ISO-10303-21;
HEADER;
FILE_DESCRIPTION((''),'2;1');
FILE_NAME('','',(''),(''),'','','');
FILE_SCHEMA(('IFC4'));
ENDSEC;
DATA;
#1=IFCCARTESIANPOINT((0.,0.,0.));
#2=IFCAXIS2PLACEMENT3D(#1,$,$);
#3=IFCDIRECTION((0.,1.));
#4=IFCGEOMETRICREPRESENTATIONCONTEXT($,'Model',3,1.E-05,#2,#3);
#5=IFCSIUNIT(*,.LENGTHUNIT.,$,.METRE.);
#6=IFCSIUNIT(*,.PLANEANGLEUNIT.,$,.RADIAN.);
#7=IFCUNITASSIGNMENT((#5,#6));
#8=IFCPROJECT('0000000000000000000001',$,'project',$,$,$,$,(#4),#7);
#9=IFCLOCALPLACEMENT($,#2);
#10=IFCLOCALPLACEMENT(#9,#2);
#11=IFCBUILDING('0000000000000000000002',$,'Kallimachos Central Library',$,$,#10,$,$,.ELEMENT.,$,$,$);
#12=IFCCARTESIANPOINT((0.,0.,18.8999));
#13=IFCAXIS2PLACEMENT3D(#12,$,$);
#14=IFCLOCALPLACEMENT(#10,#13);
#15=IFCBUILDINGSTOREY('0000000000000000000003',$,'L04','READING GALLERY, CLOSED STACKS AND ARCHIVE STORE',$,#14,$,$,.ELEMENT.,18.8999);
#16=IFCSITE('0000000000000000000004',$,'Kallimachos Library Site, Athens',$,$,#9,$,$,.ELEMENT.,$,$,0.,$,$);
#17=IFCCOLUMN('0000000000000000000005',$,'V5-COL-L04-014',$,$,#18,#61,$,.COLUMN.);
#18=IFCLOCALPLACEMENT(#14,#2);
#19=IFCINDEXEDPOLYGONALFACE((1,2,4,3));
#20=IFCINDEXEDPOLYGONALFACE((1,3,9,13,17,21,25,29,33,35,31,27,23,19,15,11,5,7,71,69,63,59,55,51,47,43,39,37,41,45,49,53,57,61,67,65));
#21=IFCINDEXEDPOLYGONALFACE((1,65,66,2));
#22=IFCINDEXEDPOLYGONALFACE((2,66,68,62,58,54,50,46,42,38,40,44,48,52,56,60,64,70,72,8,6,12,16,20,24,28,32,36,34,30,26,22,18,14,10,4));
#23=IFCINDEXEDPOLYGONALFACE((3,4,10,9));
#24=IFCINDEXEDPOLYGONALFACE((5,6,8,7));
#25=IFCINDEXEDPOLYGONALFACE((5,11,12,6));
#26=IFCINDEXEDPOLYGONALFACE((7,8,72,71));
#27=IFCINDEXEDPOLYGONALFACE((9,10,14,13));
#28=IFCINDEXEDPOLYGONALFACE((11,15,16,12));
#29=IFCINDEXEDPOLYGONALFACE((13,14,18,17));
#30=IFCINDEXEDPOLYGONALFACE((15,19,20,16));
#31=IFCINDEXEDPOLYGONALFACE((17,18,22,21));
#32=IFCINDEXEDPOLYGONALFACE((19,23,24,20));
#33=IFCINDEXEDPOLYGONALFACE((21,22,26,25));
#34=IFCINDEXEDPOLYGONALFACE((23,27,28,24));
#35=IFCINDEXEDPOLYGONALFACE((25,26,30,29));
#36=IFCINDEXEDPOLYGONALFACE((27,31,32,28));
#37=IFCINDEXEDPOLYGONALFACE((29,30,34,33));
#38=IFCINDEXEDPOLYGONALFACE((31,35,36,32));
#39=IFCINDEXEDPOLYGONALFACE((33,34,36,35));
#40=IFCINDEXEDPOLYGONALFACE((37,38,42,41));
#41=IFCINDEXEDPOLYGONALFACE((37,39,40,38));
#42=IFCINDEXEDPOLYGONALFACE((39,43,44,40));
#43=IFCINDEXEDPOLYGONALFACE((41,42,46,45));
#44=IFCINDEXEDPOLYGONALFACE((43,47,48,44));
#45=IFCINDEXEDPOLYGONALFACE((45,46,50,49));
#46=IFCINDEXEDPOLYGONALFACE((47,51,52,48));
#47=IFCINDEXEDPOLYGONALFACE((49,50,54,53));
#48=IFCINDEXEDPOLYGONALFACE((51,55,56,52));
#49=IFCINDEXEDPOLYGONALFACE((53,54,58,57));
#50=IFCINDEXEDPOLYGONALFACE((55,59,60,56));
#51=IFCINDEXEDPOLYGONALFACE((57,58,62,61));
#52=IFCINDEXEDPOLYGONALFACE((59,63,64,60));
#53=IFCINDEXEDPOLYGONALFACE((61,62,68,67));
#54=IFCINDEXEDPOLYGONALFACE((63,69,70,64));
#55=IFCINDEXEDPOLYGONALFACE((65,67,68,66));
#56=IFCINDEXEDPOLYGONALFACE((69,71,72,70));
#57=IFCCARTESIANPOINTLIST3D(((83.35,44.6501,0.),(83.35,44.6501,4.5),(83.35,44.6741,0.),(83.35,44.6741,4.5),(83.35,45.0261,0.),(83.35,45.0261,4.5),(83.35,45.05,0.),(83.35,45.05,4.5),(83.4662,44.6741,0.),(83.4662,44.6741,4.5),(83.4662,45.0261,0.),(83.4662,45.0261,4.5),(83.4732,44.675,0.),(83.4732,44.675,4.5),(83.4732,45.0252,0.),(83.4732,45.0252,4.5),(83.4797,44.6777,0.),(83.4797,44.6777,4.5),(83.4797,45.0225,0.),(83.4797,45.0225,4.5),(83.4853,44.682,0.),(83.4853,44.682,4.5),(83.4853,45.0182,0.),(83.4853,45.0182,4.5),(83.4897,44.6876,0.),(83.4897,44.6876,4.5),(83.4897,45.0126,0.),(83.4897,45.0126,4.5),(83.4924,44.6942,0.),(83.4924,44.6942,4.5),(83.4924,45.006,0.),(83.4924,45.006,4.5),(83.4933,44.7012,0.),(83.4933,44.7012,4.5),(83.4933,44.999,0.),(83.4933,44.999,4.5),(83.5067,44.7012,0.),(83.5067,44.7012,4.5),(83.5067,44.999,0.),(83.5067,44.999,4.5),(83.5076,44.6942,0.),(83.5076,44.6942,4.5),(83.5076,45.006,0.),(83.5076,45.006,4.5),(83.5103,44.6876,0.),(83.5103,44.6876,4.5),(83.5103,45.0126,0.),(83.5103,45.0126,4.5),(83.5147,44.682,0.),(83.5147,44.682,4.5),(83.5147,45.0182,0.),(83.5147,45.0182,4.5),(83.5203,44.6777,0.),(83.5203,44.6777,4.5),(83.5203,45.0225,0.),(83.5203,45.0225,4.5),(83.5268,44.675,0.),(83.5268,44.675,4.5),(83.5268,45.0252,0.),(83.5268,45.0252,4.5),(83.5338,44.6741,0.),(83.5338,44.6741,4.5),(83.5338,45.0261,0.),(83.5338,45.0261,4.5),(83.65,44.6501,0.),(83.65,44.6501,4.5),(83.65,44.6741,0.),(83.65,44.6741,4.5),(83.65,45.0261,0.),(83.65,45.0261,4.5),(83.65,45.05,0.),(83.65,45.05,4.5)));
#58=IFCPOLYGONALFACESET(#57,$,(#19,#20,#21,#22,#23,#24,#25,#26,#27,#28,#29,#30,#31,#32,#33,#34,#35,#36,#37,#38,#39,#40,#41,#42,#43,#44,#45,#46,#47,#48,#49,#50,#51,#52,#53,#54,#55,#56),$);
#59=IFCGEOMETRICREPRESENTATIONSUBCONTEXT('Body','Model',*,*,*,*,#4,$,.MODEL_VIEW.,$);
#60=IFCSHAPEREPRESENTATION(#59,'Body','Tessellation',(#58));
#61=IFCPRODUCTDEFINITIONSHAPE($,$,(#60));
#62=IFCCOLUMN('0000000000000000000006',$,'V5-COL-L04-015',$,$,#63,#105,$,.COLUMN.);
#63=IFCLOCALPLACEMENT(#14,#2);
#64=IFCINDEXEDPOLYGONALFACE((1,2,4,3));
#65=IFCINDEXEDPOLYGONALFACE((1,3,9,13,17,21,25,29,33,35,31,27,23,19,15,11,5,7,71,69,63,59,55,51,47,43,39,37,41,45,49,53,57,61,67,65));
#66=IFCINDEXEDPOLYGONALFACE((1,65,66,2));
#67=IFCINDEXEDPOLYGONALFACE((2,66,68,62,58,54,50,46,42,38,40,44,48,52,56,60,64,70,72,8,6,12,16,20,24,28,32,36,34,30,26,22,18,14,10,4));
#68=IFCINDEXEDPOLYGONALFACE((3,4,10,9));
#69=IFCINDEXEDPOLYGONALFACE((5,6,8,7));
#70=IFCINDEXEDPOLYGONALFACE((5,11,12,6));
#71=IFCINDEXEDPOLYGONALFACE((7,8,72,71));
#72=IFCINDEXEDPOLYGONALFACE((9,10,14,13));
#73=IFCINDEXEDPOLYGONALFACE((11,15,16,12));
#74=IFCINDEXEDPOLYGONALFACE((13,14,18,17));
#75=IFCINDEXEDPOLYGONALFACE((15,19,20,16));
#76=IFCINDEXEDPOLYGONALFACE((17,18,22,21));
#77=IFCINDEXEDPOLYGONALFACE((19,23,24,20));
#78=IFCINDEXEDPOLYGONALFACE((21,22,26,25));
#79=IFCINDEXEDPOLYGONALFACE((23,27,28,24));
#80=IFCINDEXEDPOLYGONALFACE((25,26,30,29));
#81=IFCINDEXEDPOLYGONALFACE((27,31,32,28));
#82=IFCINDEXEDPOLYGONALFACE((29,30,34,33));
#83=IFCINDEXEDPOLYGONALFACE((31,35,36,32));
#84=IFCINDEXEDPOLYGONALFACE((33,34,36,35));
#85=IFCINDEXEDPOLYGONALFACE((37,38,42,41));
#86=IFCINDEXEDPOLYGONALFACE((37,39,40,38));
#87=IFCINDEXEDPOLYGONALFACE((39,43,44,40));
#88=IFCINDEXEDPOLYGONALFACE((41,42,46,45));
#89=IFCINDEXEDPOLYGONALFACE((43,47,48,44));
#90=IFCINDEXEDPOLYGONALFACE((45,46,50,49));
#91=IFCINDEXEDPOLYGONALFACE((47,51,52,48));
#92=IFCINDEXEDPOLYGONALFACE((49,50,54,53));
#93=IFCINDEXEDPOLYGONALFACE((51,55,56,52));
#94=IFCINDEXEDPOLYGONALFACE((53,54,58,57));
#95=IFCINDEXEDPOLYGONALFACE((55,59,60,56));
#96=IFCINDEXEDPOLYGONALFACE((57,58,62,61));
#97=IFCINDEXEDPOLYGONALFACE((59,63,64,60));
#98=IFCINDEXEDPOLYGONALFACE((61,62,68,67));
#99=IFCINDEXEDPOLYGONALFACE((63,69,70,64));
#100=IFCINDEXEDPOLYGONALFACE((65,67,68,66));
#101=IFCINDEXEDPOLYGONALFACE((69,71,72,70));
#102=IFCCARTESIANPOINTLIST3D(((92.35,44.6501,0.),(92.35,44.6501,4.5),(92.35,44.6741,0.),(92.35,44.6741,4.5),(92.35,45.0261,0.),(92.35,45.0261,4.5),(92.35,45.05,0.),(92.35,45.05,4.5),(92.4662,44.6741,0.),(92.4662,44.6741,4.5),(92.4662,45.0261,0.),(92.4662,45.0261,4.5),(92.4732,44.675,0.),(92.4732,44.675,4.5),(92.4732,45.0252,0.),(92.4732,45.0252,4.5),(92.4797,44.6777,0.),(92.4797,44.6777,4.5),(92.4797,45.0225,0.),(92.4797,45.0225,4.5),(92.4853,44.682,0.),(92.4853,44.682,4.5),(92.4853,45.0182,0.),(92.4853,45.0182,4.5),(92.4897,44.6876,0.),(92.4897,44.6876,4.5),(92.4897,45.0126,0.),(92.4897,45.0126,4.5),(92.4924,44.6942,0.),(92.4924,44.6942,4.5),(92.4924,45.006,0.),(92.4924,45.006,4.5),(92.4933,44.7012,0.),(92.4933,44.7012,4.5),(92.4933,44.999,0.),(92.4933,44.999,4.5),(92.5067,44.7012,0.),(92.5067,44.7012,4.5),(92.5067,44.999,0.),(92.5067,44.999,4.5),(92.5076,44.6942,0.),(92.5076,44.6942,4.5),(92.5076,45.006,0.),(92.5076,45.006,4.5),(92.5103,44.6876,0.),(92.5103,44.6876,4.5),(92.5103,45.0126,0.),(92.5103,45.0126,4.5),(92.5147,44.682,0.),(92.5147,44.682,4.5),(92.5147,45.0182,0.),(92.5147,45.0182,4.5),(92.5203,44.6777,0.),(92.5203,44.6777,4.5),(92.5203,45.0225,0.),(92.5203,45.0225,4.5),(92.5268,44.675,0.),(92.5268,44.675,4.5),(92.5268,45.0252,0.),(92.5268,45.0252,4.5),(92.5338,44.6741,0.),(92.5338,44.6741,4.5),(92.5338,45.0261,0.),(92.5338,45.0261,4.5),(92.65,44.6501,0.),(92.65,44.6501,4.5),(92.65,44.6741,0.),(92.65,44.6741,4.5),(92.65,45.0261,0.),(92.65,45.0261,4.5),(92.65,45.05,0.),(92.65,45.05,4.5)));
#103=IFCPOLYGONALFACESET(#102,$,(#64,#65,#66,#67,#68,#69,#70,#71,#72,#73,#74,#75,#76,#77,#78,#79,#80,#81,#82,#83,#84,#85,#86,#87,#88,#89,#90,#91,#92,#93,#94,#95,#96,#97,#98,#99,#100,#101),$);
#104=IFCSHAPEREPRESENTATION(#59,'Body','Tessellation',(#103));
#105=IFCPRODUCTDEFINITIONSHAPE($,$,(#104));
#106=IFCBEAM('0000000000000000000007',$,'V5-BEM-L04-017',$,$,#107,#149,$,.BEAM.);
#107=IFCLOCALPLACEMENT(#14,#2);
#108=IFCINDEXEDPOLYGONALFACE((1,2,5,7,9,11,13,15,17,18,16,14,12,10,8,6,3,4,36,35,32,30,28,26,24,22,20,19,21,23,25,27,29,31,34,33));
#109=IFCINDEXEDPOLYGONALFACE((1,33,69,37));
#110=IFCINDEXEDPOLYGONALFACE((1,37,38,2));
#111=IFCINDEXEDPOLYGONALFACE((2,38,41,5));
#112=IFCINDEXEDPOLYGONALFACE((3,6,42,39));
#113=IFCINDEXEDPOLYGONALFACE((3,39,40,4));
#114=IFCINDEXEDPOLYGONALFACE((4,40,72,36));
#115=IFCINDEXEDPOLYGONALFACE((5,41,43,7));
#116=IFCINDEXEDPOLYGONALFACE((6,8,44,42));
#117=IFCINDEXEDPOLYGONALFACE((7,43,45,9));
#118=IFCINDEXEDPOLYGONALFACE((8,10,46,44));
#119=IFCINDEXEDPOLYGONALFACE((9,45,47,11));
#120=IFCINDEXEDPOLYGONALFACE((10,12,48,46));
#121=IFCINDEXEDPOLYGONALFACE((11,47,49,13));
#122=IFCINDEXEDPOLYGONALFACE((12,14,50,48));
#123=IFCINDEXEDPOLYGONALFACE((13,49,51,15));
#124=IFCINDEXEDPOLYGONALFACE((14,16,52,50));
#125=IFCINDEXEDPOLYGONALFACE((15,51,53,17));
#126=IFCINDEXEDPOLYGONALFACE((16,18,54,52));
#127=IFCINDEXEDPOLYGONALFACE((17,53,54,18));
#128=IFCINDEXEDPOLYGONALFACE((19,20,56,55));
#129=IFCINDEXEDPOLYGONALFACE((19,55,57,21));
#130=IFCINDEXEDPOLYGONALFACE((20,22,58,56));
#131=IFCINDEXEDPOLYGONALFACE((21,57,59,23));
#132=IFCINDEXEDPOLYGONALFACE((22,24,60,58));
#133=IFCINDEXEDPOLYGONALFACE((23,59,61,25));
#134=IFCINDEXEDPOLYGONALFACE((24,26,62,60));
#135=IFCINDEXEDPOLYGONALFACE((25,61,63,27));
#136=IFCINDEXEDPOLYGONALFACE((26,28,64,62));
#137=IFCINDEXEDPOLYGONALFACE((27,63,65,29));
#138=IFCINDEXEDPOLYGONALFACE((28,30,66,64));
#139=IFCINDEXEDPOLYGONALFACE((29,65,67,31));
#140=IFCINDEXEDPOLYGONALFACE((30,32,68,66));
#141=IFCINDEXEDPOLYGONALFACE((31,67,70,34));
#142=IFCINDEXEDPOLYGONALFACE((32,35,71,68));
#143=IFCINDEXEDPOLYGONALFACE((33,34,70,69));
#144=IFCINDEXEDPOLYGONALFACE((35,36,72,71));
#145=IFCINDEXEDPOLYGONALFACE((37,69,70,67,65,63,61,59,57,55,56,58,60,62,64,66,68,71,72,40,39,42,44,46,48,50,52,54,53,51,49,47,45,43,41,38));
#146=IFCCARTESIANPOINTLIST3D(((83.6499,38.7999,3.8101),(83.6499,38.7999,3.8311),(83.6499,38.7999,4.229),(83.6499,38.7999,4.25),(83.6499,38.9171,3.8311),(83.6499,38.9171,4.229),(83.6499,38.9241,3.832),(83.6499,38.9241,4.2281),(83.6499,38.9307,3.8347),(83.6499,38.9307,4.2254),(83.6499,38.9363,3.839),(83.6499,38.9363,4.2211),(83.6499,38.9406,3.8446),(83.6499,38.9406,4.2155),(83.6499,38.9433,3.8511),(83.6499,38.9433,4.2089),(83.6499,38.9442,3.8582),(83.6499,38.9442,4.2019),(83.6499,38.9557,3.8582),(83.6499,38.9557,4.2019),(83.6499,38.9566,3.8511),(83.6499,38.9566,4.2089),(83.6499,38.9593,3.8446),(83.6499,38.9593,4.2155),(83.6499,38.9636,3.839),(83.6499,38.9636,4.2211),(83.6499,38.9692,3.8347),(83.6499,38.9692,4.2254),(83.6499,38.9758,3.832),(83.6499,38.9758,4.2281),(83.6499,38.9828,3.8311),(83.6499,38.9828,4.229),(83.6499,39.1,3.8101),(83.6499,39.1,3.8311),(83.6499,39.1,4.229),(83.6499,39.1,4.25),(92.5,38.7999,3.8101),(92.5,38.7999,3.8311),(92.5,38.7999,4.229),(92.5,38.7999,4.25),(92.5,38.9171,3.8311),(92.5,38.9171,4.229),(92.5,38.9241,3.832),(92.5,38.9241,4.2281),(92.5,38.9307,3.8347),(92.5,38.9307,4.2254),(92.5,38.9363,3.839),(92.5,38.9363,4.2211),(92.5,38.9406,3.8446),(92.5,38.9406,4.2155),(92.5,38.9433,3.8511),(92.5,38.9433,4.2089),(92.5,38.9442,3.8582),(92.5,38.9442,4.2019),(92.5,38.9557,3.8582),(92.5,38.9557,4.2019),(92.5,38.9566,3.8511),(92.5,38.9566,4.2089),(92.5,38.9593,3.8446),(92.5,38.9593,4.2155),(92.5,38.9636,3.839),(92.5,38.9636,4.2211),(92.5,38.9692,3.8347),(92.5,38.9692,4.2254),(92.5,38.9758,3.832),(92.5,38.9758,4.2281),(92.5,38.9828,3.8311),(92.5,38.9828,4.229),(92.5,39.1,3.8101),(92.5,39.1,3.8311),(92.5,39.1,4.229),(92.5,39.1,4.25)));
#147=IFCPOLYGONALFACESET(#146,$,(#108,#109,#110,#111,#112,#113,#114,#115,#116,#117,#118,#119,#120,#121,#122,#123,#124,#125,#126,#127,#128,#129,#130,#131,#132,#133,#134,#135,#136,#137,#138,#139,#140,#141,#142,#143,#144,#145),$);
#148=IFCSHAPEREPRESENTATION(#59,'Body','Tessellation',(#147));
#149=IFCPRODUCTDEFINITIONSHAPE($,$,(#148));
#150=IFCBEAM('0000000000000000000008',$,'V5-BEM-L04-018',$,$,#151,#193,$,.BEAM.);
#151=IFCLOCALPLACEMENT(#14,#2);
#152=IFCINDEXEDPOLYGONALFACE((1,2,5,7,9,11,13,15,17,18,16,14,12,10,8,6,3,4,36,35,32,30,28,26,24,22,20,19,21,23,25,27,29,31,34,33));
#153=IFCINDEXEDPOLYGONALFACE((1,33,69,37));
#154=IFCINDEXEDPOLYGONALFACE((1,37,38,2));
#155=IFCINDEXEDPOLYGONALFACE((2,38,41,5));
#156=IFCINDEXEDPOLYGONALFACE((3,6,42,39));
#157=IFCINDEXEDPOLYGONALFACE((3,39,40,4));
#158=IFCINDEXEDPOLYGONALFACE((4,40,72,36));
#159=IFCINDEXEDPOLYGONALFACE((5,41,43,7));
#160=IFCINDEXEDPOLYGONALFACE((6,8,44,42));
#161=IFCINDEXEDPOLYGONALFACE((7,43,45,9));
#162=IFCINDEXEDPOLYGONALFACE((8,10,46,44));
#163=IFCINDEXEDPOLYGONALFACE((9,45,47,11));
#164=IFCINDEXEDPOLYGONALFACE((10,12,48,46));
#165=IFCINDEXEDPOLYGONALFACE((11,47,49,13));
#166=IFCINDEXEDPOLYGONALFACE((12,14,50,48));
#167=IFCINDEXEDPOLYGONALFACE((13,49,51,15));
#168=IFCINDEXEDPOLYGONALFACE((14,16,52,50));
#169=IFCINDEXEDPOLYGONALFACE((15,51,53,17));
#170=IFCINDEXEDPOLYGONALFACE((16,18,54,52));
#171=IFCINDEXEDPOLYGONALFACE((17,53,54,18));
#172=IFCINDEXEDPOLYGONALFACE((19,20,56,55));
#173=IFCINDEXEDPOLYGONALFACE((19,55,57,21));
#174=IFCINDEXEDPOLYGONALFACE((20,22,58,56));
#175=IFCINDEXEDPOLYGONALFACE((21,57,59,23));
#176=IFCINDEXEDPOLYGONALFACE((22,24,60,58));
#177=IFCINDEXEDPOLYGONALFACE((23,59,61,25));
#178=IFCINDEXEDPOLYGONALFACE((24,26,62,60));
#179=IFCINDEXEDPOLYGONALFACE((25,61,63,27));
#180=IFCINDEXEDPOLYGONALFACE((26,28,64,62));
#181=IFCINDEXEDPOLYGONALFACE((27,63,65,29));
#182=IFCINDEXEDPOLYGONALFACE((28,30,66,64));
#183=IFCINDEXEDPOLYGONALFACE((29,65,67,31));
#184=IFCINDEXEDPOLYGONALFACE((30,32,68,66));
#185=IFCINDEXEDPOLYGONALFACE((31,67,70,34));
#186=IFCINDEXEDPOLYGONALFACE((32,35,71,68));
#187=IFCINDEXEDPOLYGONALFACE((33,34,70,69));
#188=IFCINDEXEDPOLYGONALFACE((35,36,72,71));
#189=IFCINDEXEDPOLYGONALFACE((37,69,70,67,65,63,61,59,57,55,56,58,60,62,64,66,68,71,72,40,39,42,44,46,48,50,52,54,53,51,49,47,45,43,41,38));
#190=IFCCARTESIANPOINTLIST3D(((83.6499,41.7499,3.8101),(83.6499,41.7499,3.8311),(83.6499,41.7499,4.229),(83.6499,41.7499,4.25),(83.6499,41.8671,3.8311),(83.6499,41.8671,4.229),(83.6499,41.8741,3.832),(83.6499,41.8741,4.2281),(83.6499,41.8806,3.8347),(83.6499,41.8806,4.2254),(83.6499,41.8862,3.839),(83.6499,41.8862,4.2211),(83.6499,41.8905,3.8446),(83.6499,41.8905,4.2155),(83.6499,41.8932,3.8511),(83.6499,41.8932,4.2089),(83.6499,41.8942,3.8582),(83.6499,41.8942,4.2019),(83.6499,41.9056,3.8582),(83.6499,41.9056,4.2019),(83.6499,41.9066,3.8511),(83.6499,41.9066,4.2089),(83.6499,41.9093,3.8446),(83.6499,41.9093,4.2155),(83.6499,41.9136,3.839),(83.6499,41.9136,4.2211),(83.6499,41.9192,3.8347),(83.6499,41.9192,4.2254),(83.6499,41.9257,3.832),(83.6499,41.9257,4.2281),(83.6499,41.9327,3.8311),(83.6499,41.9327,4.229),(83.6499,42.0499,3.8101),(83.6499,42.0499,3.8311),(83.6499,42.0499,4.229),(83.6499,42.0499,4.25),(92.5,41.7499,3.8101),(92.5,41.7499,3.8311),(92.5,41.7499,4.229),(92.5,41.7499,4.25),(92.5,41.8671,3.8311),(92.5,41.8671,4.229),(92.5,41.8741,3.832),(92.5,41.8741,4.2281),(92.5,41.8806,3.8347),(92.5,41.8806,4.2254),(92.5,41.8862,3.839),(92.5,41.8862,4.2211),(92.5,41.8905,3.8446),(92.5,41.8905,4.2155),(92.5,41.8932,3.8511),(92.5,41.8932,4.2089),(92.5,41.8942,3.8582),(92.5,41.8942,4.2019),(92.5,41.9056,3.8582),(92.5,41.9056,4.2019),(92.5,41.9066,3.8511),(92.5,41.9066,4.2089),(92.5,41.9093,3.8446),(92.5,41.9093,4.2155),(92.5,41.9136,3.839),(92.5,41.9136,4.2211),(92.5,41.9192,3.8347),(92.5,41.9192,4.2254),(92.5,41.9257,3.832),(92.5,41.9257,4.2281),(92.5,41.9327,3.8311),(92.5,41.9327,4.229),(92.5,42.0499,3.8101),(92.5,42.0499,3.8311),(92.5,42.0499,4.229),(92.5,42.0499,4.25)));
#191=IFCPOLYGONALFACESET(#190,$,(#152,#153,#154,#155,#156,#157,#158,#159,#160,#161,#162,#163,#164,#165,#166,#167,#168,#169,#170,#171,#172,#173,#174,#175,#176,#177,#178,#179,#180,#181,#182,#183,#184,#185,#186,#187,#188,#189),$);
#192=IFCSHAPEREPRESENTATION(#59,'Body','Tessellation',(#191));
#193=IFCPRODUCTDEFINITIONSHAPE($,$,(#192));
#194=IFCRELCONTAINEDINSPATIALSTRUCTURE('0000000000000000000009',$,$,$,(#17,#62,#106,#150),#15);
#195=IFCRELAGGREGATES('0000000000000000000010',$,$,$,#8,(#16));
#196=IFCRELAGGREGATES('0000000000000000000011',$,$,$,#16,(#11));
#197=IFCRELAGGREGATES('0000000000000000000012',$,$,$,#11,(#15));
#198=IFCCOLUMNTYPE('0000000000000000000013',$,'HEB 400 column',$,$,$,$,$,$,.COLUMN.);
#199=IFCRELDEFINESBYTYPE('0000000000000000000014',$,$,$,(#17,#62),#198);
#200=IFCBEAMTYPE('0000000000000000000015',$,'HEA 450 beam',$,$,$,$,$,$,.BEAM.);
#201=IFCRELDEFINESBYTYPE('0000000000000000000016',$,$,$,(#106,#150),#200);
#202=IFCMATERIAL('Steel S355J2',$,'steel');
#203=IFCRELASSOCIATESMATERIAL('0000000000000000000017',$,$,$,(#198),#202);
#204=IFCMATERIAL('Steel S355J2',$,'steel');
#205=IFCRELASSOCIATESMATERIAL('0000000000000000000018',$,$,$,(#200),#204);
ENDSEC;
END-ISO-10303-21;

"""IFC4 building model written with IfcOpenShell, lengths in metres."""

from ifc_helpers import new_model, si_unit, direction, frame, origin, origin_2d, place, context, subcontext, project, spatial, i_section, extrude, material, material_profile, profile_set, type_object, element, save


model = new_model("IFC4")

# Units and contexts
model_context = context("Model", 3, precision=1e-05, world=origin(), true_north=direction((0.0, 1.0)))
body_context = subcontext(model_context, "Body", "Model", "MODEL_VIEW")
ifc_project = project(units=[si_unit("LENGTHUNIT", "METRE"), si_unit("PLANEANGLEUNIT", "RADIAN")], contexts=[model_context])

# Site, building, storey
site_placement = place(None, origin())
site = spatial("IfcSite", under=ifc_project, at=site_placement, Name="Kallimachos Library Site, Athens", CompositionType="ELEMENT", RefElevation=0.0)
building_placement = place(site_placement, origin())
building = spatial("IfcBuilding", under=site, at=building_placement, Name="Kallimachos Central Library", CompositionType="ELEMENT")
storey_placement = place(building_placement, frame((0.0, 0.0, 18.8999)))
storey = spatial("IfcBuildingStorey", under=building, at=storey_placement, Name="L04", Description="READING GALLERY, CLOSED STACKS AND ARCHIVE STORE", CompositionType="ELEMENT", Elevation=18.8999)

# Columns
ifc_material_1 = material(Name="Steel S355J2", Category="steel")
ifc_material_profile_1 = material_profile(ifc_material_1, i_section(OverallWidth=0.3, OverallDepth=0.3999, WebThickness=0.0134, FlangeThickness=0.0239, FilletRadius=0.0271, at=origin_2d()), Name="HEB 400")
ifc_profile_set_1 = profile_set([ifc_material_profile_1], Name="Steel S355J2")
column_type = type_object("IfcColumnType", Name="HEB 400 column", PredefinedType="COLUMN", material=ifc_profile_set_1)
for number, where, z_axis, x_axis, name in (
    (1, (83.5, 44.8501, 0.0), (0.0, 0.0, 1.0), (1.0, 0.0, 0.0), "V5-COL-L04-014"),
    (2, (92.5, 44.8501, 0.0), (0.0, 0.0, 1.0), (1.0, 0.0, 0.0), "V5-COL-L04-015"),
):
    element("IfcColumn", number, at=place(storey_placement, frame(where, z_axis=z_axis, x_axis=x_axis)), inside=storey, type_object=column_type, Name=name, PredefinedType="COLUMN", context=body_context, shape_type="SweptSolid", body=[
        extrude(i_section(OverallWidth=0.3, OverallDepth=0.3999, WebThickness=0.0134, FlangeThickness=0.0239, FilletRadius=0.0271, at=origin_2d()), origin(), (0.0, 0.0, 1.0), 4.5),
    ])

# Beams
ifc_material_2 = material(Name="Steel S355J2", Category="steel")
ifc_material_profile_2 = material_profile(ifc_material_2, i_section(OverallWidth=0.3, OverallDepth=0.4399, WebThickness=0.0115, FlangeThickness=0.021, FilletRadius=0.0271, at=origin_2d()), Name="HEA 450")
ifc_profile_set_2 = profile_set([ifc_material_profile_2], Name="Steel S355J2")
beam_type = type_object("IfcBeamType", Name="HEA 450 beam", PredefinedType="BEAM", material=ifc_profile_set_2)
for number, where, z_axis, x_axis, name in (
    (3, (83.6499, 38.95, 4.03), (1.0, 0.0, 0.0), (0.0, 1.0, 0.0), "V5-BEM-L04-017"),
    (4, (83.6499, 41.8999, 4.03), (1.0, 0.0, 0.0), (0.0, 1.0, 0.0), "V5-BEM-L04-018"),
):
    element("IfcBeam", number, at=place(storey_placement, frame(where, z_axis=z_axis, x_axis=x_axis)), inside=storey, type_object=beam_type, Name=name, PredefinedType="BEAM", context=body_context, shape_type="SweptSolid", body=[
        extrude(i_section(OverallWidth=0.3, OverallDepth=0.4399, WebThickness=0.0115, FlangeThickness=0.021, FilletRadius=0.0271, at=origin_2d()), origin(), (0.0, 0.0, 1.0), 8.8501),
    ])

save(model, "model.ifc")
